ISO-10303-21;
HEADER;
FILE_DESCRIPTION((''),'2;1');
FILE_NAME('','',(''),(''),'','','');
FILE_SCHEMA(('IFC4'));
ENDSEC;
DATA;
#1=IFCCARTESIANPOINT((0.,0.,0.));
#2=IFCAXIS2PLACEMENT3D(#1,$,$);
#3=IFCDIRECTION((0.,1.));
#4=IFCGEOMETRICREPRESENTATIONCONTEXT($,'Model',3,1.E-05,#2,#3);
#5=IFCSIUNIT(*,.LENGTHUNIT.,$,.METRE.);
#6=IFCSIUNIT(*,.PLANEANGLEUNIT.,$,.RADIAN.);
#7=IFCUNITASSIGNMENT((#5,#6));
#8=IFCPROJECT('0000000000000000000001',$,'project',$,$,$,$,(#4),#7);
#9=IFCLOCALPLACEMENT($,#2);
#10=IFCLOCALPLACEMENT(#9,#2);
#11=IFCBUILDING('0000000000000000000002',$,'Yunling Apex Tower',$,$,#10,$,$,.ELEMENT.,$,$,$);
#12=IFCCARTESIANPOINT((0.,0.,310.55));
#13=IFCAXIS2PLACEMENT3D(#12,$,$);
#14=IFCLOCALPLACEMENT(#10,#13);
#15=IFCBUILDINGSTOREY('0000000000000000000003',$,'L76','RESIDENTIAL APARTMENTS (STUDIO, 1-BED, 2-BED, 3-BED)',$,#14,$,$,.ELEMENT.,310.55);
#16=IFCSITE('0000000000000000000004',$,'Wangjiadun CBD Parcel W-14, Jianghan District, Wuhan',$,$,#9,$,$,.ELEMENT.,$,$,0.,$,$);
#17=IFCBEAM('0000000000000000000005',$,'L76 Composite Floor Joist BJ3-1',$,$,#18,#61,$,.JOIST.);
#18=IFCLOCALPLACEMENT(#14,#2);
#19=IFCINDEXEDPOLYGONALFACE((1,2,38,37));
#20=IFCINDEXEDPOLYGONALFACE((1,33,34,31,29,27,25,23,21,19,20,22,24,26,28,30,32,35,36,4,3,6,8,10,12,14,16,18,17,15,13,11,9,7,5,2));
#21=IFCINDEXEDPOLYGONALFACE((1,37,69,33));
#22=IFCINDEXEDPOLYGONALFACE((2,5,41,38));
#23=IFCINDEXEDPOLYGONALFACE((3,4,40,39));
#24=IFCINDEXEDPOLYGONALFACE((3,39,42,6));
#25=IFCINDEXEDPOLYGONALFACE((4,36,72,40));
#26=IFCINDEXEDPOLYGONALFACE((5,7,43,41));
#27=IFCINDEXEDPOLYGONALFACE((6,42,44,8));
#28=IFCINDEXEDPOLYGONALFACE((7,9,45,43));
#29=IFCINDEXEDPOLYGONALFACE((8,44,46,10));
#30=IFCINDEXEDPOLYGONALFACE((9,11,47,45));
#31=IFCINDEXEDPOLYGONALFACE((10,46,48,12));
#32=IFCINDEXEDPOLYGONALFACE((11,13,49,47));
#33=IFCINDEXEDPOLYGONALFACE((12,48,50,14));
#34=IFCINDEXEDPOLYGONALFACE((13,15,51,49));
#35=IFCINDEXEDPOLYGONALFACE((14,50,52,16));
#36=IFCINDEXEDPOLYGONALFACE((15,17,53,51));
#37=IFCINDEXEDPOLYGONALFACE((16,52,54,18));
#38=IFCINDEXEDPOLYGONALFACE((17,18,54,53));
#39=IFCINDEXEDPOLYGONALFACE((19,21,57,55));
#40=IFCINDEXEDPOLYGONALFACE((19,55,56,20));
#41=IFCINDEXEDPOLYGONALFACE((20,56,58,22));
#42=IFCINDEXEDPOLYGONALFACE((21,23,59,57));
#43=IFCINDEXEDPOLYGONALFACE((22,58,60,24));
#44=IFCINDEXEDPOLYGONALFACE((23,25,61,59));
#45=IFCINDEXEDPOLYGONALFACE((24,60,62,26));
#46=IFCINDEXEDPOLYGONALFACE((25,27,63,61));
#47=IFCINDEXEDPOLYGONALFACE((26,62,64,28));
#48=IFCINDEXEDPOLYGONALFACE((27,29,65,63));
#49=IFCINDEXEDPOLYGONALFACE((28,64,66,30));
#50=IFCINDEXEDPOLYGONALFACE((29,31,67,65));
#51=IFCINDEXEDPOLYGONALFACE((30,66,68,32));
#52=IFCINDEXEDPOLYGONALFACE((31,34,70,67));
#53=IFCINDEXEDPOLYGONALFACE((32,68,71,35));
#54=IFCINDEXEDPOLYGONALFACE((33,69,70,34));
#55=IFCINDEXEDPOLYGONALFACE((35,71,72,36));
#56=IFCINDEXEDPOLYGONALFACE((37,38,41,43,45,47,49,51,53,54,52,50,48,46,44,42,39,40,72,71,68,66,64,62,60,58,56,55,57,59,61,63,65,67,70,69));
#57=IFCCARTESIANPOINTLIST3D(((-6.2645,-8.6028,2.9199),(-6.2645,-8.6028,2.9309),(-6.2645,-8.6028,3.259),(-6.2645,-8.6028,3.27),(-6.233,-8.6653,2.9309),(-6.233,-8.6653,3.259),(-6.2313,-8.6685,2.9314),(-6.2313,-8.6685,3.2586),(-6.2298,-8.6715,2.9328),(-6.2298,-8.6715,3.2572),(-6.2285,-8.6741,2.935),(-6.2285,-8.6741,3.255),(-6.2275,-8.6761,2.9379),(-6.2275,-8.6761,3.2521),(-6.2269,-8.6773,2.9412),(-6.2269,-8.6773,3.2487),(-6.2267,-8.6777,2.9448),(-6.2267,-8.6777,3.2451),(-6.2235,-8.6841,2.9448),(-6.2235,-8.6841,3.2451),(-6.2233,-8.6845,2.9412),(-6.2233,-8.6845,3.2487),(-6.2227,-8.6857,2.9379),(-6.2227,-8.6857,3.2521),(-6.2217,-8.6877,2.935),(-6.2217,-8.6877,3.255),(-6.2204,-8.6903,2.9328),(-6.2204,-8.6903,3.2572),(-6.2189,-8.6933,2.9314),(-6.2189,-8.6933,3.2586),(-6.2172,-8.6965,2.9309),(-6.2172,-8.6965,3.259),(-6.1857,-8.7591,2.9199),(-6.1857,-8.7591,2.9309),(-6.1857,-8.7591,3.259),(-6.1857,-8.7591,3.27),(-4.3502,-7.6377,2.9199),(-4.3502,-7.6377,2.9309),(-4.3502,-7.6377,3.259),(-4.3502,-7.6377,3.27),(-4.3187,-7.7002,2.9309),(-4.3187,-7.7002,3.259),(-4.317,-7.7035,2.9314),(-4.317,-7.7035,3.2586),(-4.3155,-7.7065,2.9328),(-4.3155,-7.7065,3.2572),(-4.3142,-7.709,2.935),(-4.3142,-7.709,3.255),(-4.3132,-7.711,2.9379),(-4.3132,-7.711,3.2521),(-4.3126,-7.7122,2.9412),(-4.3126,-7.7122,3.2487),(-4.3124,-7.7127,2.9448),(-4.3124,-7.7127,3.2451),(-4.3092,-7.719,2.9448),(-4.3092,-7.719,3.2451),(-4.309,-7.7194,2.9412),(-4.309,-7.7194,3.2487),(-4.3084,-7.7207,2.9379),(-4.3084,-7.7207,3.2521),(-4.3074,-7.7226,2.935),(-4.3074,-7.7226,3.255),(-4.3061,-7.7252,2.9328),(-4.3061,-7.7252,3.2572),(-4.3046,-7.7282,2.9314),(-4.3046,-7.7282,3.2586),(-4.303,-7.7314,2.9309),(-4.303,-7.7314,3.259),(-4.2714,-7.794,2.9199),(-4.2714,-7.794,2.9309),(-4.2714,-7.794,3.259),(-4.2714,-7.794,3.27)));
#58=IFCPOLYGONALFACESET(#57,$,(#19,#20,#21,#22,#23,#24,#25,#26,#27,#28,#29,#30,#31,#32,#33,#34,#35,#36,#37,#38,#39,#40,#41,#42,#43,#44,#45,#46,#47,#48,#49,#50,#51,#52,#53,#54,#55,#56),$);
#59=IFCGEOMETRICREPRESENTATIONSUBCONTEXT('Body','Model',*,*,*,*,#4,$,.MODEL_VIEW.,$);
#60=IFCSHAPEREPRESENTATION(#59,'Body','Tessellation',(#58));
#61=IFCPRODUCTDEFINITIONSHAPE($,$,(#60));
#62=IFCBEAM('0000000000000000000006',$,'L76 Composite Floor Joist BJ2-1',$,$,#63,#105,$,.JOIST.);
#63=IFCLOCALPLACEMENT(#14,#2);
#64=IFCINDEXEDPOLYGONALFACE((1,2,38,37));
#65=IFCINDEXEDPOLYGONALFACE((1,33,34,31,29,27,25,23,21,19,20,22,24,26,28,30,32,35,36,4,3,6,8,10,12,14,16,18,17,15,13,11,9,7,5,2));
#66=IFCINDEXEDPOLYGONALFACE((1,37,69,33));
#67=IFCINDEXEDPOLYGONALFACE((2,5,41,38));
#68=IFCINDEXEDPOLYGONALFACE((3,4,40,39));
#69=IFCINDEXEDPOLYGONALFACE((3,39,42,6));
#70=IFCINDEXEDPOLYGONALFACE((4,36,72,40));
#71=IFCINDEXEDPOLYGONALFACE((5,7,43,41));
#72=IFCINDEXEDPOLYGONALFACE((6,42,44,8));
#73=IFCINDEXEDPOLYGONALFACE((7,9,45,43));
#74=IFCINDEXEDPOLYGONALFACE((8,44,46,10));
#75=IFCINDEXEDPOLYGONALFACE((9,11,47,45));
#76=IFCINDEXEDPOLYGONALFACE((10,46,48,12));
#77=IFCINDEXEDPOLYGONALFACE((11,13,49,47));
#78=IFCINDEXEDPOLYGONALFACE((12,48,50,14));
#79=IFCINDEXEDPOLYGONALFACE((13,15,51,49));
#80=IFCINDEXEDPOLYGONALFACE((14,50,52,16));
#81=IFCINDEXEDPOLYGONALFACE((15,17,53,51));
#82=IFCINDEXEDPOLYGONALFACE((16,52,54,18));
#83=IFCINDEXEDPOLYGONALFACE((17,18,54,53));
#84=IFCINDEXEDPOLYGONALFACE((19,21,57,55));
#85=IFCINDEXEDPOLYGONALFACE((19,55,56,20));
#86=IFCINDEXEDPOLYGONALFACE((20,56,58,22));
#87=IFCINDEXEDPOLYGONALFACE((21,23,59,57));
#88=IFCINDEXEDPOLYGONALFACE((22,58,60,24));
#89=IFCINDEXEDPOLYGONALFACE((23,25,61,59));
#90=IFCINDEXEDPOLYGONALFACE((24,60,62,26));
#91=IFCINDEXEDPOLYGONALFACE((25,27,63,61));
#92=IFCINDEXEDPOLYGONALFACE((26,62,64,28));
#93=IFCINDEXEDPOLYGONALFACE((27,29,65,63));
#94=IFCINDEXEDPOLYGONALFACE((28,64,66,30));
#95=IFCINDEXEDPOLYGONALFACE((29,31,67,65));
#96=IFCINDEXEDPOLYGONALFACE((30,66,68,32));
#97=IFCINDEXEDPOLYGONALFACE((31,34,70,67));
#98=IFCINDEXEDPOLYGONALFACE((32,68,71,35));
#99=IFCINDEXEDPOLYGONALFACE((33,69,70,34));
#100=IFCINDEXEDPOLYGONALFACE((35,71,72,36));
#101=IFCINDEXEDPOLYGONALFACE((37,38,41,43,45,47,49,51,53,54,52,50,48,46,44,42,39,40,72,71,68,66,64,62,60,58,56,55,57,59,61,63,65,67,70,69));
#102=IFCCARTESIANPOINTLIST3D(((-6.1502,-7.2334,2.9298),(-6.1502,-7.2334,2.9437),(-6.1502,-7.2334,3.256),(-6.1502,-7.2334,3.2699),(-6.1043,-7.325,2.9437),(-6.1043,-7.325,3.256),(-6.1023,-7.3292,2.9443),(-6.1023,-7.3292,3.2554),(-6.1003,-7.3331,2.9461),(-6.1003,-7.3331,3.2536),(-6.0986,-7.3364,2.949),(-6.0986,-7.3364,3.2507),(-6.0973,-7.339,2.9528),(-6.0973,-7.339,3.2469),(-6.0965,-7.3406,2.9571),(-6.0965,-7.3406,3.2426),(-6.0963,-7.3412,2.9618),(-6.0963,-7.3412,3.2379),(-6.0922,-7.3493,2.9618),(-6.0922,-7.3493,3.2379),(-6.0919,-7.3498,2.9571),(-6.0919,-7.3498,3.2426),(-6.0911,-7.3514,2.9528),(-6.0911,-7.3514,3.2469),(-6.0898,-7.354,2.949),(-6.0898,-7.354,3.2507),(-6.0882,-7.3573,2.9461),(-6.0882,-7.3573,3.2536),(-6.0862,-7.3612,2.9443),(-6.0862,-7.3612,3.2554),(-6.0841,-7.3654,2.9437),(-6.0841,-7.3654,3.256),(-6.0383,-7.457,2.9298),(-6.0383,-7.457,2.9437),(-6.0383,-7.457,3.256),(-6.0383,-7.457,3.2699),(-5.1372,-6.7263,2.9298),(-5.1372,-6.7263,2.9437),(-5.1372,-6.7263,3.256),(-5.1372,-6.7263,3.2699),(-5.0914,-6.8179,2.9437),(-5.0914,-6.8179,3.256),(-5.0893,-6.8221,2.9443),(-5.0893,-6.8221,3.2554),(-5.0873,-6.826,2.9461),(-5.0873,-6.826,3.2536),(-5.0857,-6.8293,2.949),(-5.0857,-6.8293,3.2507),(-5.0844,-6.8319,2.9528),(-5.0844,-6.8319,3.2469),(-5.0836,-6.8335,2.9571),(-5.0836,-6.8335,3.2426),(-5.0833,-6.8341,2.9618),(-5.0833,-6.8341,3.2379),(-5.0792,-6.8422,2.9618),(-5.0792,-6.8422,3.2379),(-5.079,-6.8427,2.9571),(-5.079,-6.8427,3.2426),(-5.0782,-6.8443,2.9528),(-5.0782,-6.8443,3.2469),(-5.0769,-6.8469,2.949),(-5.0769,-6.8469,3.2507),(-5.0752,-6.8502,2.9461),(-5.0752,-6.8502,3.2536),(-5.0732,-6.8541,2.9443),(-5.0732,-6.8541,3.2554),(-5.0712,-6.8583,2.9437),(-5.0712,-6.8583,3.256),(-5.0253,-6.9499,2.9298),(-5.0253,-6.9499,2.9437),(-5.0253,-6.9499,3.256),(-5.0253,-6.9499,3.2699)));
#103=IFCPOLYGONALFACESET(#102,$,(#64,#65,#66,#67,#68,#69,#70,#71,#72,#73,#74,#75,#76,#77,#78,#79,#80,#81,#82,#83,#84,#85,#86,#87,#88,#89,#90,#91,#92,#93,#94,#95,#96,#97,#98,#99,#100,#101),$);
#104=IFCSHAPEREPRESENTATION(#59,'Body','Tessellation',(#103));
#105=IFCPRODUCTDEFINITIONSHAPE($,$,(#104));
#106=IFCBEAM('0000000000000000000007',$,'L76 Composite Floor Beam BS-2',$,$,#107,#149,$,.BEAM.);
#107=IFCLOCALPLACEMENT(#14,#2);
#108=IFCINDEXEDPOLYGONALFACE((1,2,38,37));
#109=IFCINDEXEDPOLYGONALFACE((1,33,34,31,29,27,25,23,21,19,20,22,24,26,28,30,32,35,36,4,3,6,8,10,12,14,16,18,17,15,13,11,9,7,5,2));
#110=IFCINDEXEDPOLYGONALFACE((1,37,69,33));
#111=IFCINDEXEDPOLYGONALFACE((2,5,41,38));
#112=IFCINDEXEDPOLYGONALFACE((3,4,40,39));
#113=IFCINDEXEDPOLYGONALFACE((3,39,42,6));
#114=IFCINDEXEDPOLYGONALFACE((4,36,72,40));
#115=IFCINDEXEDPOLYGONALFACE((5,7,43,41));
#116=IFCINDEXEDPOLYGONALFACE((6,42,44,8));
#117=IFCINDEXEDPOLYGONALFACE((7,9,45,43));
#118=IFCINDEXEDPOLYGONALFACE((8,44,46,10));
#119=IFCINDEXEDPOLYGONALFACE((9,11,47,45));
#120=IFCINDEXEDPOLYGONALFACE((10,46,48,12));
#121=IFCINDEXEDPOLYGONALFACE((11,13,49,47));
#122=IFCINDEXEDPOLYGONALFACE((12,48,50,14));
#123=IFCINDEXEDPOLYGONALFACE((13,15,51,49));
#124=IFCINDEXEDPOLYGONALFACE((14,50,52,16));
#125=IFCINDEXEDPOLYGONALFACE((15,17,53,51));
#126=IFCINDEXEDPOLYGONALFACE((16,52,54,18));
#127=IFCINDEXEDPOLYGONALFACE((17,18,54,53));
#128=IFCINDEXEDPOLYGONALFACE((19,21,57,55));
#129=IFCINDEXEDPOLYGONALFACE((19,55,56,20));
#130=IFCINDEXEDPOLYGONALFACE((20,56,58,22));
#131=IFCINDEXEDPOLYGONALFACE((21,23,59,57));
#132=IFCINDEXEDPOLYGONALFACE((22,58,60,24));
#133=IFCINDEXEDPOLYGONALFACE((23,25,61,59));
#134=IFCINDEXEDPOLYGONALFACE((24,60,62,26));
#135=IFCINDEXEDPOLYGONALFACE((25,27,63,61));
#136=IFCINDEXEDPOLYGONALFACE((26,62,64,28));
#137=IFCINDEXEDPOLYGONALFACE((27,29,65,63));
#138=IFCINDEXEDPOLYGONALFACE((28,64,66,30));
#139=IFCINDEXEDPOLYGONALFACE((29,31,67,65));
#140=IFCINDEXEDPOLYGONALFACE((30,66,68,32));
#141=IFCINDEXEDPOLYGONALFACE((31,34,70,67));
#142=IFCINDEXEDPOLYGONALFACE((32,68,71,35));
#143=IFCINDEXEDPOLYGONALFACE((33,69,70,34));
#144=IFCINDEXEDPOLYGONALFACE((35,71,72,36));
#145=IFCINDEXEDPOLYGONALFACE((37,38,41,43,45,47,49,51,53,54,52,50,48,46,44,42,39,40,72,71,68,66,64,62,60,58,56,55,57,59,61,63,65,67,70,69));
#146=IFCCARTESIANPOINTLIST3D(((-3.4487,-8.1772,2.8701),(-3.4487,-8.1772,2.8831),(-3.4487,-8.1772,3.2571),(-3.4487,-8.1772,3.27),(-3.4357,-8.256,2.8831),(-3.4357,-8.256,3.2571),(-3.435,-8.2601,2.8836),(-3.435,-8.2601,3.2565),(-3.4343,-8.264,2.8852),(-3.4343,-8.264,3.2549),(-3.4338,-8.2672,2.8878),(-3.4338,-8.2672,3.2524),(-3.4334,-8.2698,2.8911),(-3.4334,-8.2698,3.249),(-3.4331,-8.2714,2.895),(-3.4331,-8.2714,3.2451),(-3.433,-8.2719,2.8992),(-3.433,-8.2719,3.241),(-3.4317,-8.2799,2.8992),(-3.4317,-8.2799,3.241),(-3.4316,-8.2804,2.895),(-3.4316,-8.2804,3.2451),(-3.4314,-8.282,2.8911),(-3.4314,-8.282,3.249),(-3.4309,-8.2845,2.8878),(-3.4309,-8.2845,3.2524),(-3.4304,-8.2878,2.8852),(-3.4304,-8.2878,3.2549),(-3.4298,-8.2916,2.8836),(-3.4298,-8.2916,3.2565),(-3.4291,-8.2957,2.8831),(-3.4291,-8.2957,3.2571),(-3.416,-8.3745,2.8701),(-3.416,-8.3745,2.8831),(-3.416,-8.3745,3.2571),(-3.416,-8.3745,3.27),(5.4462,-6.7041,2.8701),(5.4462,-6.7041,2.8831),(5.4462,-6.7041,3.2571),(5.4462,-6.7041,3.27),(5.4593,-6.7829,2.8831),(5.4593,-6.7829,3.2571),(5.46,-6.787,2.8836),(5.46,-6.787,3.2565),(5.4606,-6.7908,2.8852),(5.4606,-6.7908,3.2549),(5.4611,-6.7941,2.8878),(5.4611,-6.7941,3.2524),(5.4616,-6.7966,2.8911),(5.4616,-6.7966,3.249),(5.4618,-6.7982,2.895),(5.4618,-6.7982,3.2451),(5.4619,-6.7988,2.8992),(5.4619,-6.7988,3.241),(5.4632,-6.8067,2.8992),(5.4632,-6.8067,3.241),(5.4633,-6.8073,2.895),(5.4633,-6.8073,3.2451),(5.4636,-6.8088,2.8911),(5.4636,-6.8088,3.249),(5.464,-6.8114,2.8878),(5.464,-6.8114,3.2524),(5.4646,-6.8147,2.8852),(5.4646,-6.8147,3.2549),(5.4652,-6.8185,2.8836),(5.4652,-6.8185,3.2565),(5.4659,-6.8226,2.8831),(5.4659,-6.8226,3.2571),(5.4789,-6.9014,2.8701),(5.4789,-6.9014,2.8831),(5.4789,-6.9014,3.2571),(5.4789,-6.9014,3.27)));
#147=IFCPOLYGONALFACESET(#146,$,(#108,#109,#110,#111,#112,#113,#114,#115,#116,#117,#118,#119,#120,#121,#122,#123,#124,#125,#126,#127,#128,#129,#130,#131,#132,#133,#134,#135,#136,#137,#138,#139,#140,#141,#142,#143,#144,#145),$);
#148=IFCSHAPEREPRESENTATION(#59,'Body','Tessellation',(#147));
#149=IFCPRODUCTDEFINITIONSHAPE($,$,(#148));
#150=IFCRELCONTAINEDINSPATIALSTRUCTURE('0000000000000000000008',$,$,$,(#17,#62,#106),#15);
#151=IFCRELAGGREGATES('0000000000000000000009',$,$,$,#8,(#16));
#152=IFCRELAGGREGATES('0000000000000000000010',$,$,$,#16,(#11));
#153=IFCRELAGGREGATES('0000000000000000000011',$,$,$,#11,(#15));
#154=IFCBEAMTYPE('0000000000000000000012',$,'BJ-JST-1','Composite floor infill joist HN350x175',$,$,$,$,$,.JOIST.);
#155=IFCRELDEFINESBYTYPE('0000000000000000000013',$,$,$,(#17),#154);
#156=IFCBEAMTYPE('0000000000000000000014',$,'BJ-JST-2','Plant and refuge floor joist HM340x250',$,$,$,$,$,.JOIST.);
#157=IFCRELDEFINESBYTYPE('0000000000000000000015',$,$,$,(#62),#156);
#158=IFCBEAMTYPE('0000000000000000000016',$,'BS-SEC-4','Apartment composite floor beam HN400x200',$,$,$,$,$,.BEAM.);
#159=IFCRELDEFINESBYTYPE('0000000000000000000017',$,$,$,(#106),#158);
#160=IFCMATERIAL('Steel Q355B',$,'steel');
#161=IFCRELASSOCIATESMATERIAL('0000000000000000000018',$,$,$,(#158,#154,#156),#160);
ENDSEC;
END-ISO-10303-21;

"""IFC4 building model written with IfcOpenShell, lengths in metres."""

from ifc_helpers import new_model, si_unit, direction, frame, origin, origin_2d, place, context, subcontext, project, spatial, i_section, extrude, source, transform, mapped, material, material_profile, profile_set, type_object, element, save


model = new_model("IFC4")

# Units and contexts
model_context = context("Model", 3, precision=1e-05, world=origin(), true_north=direction((0.0, 1.0)))
body_context = subcontext(model_context, "Body", "Model", "MODEL_VIEW")
ifc_project = project(units=[si_unit("LENGTHUNIT", "METRE"), si_unit("PLANEANGLEUNIT", "RADIAN")], contexts=[model_context])

# Site, building, storey
site_placement = place(None, origin())
site = spatial("IfcSite", under=ifc_project, at=site_placement, Name="Wangjiadun CBD Parcel W-14, Jianghan District, Wuhan", CompositionType="ELEMENT", RefElevation=0.0)
building_placement = place(site_placement, origin())
building = spatial("IfcBuilding", under=site, at=building_placement, Name="Yunling Apex Tower", CompositionType="ELEMENT")
storey_placement = place(building_placement, frame((0.0, 0.0, 310.55)))
storey = spatial("IfcBuildingStorey", under=building, at=storey_placement, Name="L76", Description="RESIDENTIAL APARTMENTS (STUDIO, 1-BED, 2-BED, 3-BED)", CompositionType="ELEMENT", Elevation=310.55)

# Shared definitions
ifc_material_1 = material(Name="Steel Q355B", Category="steel")

# Beams
ifc_material_profile_1 = material_profile(ifc_material_1, i_section(OverallWidth=0.2, OverallDepth=0.3999, WebThickness=0.0081, FlangeThickness=0.0129, FilletRadius=0.0161, at=origin_2d()))
ifc_profile_set_1 = profile_set([ifc_material_profile_1], Name="Steel Q355B")
beam_type_1 = type_object("IfcBeamType", Name="BS-SEC-4", Description="Apartment composite floor beam HN400x200", PredefinedType="BEAM", material=ifc_profile_set_1)
ifc_material_profile_2 = material_profile(ifc_material_1, i_section(OverallWidth=0.175, OverallDepth=0.3501, WebThickness=0.0071, FlangeThickness=0.011, FilletRadius=0.0139, at=origin_2d()))
ifc_profile_set_2 = profile_set([ifc_material_profile_2], Name="Steel Q355B")
beam_type_2 = type_object("IfcBeamType", Name="BJ-JST-1", Description="Composite floor infill joist HN350x175", PredefinedType="JOIST", material=ifc_profile_set_2)
shared_shape_1 = source(origin(), body_context, "Body", "SweptSolid", [
    extrude(i_section(OverallWidth=0.175, OverallDepth=0.3501, WebThickness=0.0071, FlangeThickness=0.011, FilletRadius=0.0139, at=origin_2d()), origin(), (0.0, 0.0, 1.0), 2.1438),
])
beam_1_placement = place(storey_placement, frame((-6.2251, -8.6809, 3.095), z_axis=(0.892942, 0.450172, 0.0), x_axis=(-0.450172, 0.892942, 0.0)))
element("IfcBeam", 1, at=beam_1_placement, inside=storey, type_object=beam_type_2, Name="L76 Composite Floor Joist BJ3-1", PredefinedType="JOIST", context=body_context, shape_type="MappedRepresentation", body=[
    mapped(shared_shape_1, transform((0.0, 0.0, 0.0), scale=1.0)),
])
ifc_material_profile_3 = material_profile(ifc_material_1, i_section(OverallWidth=0.25, OverallDepth=0.3401, WebThickness=0.009, FlangeThickness=0.0139, FilletRadius=0.0181, at=origin_2d()))
ifc_profile_set_3 = profile_set([ifc_material_profile_3], Name="Steel Q355B")
beam_type_3 = type_object("IfcBeamType", Name="BJ-JST-2", Description="Plant and refuge floor joist HM340x250", PredefinedType="JOIST", material=ifc_profile_set_3)
shared_shape_2 = source(origin(), body_context, "Body", "SweptSolid", [
    extrude(i_section(OverallWidth=0.25, OverallDepth=0.3401, WebThickness=0.009, FlangeThickness=0.0139, FilletRadius=0.0181, at=origin_2d()), origin(), (0.0, 0.0, 1.0), 1.1328),
])
beam_2_placement = place(storey_placement, frame((-6.0942, -7.3452, 3.0999), z_axis=(0.894212, 0.447645, 0.0), x_axis=(-0.447645, 0.894212, 0.0)))
element("IfcBeam", 2, at=beam_2_placement, inside=storey, type_object=beam_type_3, Name="L76 Composite Floor Joist BJ2-1", PredefinedType="JOIST", context=body_context, shape_type="MappedRepresentation", body=[
    mapped(shared_shape_2, transform((0.0, 0.0, 0.0), scale=1.0)),
])
shared_shape_3 = source(origin(), body_context, "Body", "SweptSolid", [
    extrude(i_section(OverallWidth=0.2, OverallDepth=0.3999, WebThickness=0.0081, FlangeThickness=0.0129, FilletRadius=0.0161, at=origin_2d()), origin(), (0.0, 0.0, 1.0), 9.0161),
])
beam_3_placement = place(storey_placement, frame((-3.4324, -8.2759, 3.0701), z_axis=(0.986562, 0.163389, 0.0), x_axis=(-0.163389, 0.986562, 0.0)))
element("IfcBeam", 3, at=beam_3_placement, inside=storey, type_object=beam_type_1, Name="L76 Composite Floor Beam BS-2", PredefinedType="BEAM", context=body_context, shape_type="MappedRepresentation", body=[
    mapped(shared_shape_3, transform((0.0, 0.0, 0.0), scale=1.0)),
])

save(model, "model.ifc")
